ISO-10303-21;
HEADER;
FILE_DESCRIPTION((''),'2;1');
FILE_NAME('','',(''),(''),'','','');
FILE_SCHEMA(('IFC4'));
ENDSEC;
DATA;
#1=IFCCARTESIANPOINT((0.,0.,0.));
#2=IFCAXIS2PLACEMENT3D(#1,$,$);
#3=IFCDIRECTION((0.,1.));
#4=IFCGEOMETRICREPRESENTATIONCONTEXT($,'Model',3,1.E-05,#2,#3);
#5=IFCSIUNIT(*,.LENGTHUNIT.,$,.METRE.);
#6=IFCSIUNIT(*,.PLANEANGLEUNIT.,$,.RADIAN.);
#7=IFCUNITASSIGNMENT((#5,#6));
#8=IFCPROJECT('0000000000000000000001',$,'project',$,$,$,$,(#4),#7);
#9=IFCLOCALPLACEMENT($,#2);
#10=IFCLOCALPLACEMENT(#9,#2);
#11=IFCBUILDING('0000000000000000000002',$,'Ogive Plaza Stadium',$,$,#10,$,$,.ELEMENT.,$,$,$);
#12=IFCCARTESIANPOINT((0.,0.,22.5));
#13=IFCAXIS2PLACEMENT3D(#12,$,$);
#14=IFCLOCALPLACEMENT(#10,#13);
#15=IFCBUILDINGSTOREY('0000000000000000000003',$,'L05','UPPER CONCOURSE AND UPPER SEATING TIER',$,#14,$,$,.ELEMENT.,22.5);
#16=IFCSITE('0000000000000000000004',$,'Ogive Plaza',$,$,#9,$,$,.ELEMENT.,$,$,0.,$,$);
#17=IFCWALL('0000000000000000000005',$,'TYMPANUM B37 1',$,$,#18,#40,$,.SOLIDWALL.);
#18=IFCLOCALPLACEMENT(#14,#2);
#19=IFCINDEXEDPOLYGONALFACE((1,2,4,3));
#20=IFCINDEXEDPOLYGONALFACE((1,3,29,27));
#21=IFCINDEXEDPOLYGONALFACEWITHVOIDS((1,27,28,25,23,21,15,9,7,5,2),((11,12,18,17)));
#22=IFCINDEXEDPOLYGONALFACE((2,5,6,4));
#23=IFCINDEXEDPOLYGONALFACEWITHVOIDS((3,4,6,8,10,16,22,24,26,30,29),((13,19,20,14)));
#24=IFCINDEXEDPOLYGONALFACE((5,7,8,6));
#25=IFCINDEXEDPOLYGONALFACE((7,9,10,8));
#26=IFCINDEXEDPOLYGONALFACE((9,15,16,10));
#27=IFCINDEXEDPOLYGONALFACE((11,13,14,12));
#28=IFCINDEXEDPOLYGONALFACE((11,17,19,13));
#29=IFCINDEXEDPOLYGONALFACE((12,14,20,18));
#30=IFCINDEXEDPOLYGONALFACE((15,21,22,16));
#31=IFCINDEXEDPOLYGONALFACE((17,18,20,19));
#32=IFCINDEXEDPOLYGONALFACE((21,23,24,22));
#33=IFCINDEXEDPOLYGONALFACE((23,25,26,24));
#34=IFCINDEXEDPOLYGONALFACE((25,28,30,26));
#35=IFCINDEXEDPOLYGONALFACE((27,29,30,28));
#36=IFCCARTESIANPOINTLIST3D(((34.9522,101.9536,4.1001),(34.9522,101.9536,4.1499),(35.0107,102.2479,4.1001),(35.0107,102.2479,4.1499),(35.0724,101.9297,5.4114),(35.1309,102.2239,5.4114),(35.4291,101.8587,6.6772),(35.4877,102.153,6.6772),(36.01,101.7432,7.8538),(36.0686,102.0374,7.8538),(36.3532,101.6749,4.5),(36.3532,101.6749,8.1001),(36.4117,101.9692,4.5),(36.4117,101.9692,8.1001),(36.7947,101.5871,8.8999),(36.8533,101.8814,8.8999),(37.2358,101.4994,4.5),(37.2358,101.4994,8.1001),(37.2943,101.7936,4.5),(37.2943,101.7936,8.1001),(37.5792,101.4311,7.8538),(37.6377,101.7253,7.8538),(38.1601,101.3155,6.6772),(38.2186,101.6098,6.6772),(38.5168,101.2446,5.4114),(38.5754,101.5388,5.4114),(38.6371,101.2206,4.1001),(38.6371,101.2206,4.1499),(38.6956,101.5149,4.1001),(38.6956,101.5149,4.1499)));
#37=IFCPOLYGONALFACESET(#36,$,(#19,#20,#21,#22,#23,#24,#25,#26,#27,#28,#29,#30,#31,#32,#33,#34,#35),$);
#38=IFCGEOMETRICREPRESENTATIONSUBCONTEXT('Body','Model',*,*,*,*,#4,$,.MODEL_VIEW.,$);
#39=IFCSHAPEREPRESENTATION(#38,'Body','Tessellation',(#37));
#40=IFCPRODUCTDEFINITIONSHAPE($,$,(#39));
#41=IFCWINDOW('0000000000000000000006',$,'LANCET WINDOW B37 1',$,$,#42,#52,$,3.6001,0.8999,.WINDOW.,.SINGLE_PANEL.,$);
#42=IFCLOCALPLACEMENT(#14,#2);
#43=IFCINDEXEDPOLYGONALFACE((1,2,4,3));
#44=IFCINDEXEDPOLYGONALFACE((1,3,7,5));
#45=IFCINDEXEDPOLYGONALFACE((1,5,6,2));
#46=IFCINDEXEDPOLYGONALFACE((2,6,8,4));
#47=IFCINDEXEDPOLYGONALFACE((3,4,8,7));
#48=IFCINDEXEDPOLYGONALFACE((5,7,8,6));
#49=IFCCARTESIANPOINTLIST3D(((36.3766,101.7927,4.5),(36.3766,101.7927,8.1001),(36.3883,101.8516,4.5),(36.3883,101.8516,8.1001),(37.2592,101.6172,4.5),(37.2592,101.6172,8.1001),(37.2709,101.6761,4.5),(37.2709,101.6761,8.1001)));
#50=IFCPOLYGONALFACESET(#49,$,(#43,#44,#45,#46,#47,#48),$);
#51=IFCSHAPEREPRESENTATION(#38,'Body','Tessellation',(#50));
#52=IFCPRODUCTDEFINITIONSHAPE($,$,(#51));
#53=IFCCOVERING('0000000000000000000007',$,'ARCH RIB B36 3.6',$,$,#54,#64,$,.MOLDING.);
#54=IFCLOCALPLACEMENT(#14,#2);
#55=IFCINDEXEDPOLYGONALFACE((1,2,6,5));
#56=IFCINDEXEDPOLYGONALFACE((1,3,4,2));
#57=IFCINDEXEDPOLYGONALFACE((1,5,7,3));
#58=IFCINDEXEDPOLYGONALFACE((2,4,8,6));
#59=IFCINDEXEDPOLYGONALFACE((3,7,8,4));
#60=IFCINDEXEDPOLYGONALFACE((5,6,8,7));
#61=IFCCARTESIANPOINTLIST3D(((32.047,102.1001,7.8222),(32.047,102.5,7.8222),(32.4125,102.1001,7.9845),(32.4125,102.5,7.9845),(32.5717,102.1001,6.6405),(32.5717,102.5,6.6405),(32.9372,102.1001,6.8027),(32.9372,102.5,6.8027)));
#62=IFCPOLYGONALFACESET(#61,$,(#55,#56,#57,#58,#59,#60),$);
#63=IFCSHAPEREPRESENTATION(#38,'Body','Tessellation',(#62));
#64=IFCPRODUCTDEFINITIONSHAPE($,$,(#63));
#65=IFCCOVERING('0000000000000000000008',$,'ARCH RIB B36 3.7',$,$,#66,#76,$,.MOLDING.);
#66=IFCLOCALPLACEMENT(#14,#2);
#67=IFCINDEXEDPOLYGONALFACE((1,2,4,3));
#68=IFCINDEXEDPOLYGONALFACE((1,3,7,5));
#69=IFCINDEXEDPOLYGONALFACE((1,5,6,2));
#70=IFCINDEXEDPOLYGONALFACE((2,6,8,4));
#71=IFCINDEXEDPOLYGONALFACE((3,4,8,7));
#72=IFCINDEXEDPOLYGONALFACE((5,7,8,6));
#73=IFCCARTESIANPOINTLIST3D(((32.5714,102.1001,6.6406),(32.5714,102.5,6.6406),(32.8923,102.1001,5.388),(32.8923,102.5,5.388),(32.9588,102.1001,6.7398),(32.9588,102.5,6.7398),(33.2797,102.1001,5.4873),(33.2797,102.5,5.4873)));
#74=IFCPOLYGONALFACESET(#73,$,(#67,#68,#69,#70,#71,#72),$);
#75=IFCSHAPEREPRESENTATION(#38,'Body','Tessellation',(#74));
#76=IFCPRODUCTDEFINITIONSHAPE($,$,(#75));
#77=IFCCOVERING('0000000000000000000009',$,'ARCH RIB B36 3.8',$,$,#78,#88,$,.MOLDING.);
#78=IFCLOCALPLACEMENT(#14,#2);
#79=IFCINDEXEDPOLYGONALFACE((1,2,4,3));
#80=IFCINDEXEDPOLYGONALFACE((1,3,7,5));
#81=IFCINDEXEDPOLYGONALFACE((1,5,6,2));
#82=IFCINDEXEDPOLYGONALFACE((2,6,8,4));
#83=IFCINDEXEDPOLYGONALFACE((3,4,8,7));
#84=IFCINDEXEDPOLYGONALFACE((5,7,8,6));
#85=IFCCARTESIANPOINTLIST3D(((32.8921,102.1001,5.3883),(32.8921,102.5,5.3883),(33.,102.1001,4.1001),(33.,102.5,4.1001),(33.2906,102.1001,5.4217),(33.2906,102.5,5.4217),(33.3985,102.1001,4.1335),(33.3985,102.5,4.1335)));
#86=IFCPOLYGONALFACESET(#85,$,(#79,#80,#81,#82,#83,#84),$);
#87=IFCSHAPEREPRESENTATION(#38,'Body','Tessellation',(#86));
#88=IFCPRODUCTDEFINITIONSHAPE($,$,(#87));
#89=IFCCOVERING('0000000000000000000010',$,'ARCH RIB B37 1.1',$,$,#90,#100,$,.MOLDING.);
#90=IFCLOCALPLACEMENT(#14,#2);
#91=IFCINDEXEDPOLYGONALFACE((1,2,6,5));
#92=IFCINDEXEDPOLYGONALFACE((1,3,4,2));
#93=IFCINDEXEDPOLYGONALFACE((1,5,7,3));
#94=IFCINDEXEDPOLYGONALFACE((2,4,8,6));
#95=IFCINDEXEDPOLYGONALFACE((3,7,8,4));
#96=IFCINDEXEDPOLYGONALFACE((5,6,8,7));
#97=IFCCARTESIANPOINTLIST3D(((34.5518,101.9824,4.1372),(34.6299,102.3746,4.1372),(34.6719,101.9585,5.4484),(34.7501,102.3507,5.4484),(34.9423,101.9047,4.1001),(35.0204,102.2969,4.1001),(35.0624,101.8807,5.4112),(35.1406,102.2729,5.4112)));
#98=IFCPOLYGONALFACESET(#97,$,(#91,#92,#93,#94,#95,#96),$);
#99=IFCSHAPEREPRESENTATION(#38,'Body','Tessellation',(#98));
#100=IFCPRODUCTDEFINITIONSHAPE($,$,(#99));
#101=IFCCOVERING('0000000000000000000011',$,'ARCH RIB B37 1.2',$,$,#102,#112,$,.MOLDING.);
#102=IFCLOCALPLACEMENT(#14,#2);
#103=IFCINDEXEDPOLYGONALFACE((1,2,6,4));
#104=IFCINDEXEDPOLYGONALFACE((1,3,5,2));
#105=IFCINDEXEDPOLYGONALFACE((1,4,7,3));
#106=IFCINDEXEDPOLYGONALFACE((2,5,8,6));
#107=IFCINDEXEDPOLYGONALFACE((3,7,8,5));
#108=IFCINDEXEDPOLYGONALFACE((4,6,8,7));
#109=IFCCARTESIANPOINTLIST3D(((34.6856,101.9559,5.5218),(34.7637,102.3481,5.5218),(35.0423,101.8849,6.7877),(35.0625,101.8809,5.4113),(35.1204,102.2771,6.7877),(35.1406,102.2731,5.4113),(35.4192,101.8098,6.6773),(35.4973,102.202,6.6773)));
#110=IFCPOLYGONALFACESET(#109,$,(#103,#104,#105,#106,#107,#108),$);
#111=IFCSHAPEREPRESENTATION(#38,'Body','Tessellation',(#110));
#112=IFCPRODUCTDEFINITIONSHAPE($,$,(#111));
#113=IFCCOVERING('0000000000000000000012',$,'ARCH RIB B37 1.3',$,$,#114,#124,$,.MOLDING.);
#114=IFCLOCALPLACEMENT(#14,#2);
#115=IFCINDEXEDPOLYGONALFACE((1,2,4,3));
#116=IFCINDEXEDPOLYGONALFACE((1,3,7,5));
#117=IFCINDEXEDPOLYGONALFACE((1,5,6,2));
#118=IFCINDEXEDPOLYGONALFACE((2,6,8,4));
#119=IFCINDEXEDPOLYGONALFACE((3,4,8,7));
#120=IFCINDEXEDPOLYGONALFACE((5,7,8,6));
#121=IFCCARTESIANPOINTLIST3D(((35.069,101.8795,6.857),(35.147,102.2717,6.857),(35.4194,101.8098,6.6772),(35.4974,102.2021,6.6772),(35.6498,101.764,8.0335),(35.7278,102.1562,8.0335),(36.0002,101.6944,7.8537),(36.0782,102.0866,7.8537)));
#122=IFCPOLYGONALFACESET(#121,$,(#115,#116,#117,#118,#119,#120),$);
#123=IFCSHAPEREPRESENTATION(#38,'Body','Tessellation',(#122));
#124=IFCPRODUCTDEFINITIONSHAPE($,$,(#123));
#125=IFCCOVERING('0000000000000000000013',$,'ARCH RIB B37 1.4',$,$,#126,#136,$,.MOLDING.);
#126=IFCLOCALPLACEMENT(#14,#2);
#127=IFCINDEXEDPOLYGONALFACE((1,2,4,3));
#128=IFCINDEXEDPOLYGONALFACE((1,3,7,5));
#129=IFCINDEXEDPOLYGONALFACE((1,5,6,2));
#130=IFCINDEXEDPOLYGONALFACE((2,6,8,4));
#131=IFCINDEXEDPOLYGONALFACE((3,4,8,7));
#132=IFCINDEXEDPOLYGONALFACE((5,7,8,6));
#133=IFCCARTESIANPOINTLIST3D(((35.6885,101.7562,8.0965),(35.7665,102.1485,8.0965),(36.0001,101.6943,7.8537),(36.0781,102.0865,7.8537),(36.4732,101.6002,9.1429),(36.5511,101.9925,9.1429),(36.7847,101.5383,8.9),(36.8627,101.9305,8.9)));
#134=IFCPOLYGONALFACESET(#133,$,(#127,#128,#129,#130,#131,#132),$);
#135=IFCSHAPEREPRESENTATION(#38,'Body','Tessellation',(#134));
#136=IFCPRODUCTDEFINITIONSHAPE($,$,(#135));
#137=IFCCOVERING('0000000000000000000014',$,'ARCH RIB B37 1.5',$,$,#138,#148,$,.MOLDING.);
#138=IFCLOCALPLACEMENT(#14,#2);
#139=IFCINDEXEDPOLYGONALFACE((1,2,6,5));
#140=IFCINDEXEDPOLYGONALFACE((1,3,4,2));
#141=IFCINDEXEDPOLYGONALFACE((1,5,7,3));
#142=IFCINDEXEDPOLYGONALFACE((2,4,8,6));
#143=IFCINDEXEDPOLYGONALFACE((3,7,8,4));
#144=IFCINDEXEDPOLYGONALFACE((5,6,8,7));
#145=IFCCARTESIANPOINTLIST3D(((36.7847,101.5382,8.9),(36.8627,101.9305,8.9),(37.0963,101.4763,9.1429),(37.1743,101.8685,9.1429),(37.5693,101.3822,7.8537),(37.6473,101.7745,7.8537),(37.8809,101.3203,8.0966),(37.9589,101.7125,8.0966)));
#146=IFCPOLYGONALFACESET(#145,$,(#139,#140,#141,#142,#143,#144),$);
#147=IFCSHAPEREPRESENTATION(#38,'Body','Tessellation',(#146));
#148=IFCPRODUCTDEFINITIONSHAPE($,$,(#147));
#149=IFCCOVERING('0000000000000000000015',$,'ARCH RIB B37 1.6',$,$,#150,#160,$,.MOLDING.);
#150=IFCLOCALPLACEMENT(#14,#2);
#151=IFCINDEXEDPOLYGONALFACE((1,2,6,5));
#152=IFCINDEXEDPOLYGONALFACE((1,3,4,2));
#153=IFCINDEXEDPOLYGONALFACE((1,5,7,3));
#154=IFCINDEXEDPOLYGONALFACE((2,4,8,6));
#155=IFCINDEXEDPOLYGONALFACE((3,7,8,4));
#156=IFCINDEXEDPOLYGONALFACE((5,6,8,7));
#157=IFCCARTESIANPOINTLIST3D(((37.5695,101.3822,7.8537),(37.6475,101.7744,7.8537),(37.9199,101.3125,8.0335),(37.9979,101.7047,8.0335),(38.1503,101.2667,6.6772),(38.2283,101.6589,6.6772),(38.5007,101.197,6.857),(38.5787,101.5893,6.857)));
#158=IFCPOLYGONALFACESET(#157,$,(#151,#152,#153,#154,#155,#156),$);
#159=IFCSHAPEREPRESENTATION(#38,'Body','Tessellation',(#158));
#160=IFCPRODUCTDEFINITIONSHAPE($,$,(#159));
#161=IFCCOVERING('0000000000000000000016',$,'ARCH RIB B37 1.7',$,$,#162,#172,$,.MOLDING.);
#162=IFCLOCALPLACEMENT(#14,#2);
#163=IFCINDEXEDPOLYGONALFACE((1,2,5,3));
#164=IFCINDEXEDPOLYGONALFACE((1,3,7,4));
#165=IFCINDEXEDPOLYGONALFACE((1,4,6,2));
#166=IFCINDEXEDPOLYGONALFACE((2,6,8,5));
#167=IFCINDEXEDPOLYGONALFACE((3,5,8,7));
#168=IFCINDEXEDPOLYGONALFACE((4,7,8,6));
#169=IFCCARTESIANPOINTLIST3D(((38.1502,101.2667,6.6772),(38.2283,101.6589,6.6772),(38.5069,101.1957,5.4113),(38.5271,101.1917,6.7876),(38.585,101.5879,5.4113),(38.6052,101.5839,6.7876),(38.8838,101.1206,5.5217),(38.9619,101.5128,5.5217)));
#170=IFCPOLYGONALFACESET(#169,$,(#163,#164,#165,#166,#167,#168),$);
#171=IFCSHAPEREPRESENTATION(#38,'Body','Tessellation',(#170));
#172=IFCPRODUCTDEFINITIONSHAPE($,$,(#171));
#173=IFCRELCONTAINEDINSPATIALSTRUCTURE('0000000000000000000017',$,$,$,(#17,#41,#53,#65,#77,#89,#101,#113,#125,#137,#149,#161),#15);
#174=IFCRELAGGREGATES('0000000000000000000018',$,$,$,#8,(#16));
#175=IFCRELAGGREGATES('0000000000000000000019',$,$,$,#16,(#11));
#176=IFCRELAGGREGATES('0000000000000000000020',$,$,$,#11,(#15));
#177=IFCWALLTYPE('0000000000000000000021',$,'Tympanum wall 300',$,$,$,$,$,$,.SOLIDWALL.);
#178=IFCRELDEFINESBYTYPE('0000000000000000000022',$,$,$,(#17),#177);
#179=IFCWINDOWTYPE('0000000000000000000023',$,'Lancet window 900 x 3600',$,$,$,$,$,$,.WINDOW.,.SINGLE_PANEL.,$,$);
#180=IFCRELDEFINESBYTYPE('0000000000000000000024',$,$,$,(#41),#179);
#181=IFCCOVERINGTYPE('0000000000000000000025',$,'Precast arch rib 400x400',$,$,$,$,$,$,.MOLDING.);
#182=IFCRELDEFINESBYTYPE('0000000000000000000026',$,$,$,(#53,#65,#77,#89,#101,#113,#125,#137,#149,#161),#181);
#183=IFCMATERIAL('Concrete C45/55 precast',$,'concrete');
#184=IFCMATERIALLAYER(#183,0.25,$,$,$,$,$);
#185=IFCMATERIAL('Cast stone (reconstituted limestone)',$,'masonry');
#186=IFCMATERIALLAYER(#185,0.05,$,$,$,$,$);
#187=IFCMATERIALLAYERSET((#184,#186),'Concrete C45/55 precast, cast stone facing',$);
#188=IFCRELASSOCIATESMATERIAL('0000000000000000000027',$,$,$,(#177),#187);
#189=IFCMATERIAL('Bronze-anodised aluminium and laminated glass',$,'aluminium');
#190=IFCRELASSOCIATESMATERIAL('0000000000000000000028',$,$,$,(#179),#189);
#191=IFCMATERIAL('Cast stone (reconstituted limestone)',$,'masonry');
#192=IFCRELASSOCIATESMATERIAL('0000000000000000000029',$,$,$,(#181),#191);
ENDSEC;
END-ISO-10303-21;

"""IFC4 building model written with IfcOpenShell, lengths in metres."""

from ifc_helpers import new_model, si_unit, direction, frame, frame_2d, origin, origin_2d, place, context, subcontext, project, spatial, polyline, rectangle, outline, extrude, material, layer, layer_set, material_profile, profile_set, type_object, element, fill, save


model = new_model("IFC4")

# Units and contexts
model_context = context("Model", 3, precision=1e-05, world=origin(), true_north=direction((0.0, 1.0)))
body_context = subcontext(model_context, "Body", "Model", "MODEL_VIEW")
ifc_project = project(units=[si_unit("LENGTHUNIT", "METRE"), si_unit("PLANEANGLEUNIT", "RADIAN")], contexts=[model_context])

# Site, building, storey
site_placement = place(None, origin())
site = spatial("IfcSite", under=ifc_project, at=site_placement, Name="Ogive Plaza", CompositionType="ELEMENT", RefElevation=0.0)
building_placement = place(site_placement, origin())
building = spatial("IfcBuilding", under=site, at=building_placement, Name="Ogive Plaza Stadium", CompositionType="ELEMENT")
storey_placement = place(building_placement, frame((0.0, 0.0, 22.5)))
storey = spatial("IfcBuildingStorey", under=building, at=storey_placement, Name="L05", Description="UPPER CONCOURSE AND UPPER SEATING TIER", CompositionType="ELEMENT", Elevation=22.5)

# Wall, opening, window
ifc_material_1 = material(Name="Concrete C45/55 precast", Category="concrete")
ifc_layer_1 = layer(ifc_material_1, 0.25)
ifc_material_2 = material(Name="Cast stone (reconstituted limestone)", Category="masonry")
ifc_layer_2 = layer(ifc_material_2, 0.05)
ifc_layer_set_1 = layer_set([ifc_layer_1, ifc_layer_2], Name="Concrete C45/55 precast, cast stone facing")
wall_type = type_object("IfcWallType", Name="Tympanum wall 300", PredefinedType="SOLIDWALL", material=ifc_layer_set_1)
wall_placement = place(storey_placement, frame((34.9814, 102.1008, 4.1001), z_axis=(0.0, 0.0, 1.0), x_axis=(0.980788, -0.195079, 0.0)))
wall = element("IfcWall", 1, at=wall_placement, inside=storey, type_object=wall_type, Name="TYMPANUM B37 1", PredefinedType="SOLIDWALL", context=body_context, shape_type="SweptSolid", body=[
    extrude(outline(polyline([(0.0, 0.0), (3.7571, 0.0), (3.7571, 0.0498), (3.6345, 1.3113), (3.2708, 2.5771), (2.6785, 3.7537), (1.8787, 4.7998), (1.0786, 3.7537), (0.4863, 2.5771), (0.1226, 1.3113), (0.0, 0.0498), (0.0, 0.0)])), frame((0.0, 0.1499, 0.0), z_axis=(0.0, -1.0, 0.0), x_axis=(1.0, 0.0, 0.0)), (0.0, 0.0, 1.0), 0.3),
])
opening_placement = place(wall_placement, frame((1.4285, 0.0, 0.3999)))
opening = element("IfcOpeningElement", 2, at=opening_placement, cuts=wall, PredefinedType="OPENING", context=body_context, shape_type="SweptSolid", body=[
    extrude(rectangle(XDim=0.8999, YDim=3.6001, at=frame_2d((0.45, 1.8))), frame((0.0, 0.1602, 0.0), z_axis=(0.0, -1.0, 0.0), x_axis=(1.0, 0.0, 0.0)), (0.0, 0.0, 1.0), 0.3201),
])
ifc_material_3 = material(Name="Bronze-anodised aluminium and laminated glass", Category="aluminium")
window_type = type_object("IfcWindowType", Name="Lancet window 900 x 3600", PartitioningType="SINGLE_PANEL", PredefinedType="WINDOW", material=ifc_material_3)
window_placement = place(opening_placement, origin())
window = element("IfcWindow", 3, at=window_placement, inside=storey, type_object=window_type, Name="LANCET WINDOW B37 1", OverallHeight=3.6001, OverallWidth=0.8999, PartitioningType="SINGLE_PANEL", PredefinedType="WINDOW", context=body_context, shape_type="SweptSolid", body=[
    extrude(rectangle(XDim=0.8999, YDim=3.6001, at=frame_2d((0.45, 1.8))), frame((0.0, 0.03, 0.0), z_axis=(0.0, -1.0, 0.0), x_axis=(1.0, 0.0, 0.0)), (0.0, 0.0, 1.0), 0.0601),
])
fill(opening, window)

# Coverings
ifc_material_4 = material(Name="Cast stone (reconstituted limestone)", Category="masonry")
ifc_material_profile_1 = material_profile(ifc_material_4, rectangle(XDim=0.3999, YDim=0.3999, at=origin_2d()), Name="Cast stone 400x400")
ifc_profile_set_1 = profile_set([ifc_material_profile_1], Name="Cast stone (reconstituted limestone)")
covering_type = type_object("IfcCoveringType", Name="Precast arch rib 400x400", PredefinedType="MOLDING", material=ifc_profile_set_1)
for number, where, z_axis, x_axis, name in (
    (4, (32.2297, 102.3, 7.9033), (0.405806, 0.0, -0.913959), (0.0, 1.0, 0.0), "ARCH RIB B36 3.6"),
    (5, (32.7651, 102.3, 6.6902), (0.24813, 0.0, -0.968727), (0.0, 1.0, 0.0), "ARCH RIB B36 3.7"),
):
    element("IfcCovering", number, at=place(storey_placement, frame(where, z_axis=z_axis, x_axis=x_axis)), inside=storey, type_object=covering_type, Name=name, PredefinedType="MOLDING", context=body_context, shape_type="SweptSolid", body=[
        extrude(rectangle(XDim=0.3999, YDim=0.3999, at=origin_2d()), origin(), (0.0, 0.0, 1.0), 1.293),
    ])
covering_1_placement = place(storey_placement, frame((33.0913, 102.3, 5.405), z_axis=(0.083467, 0.0, -0.996511), x_axis=(0.0, 1.0, 0.0)))
element("IfcCovering", 6, at=covering_1_placement, inside=storey, type_object=covering_type, Name="ARCH RIB B36 3.8", PredefinedType="MOLDING", context=body_context, shape_type="SweptSolid", body=[
    extrude(rectangle(XDim=0.3999, YDim=0.3999, at=origin_2d()), origin(), (0.0, 0.0, 1.0), 1.2927),
])
covering_2_placement = place(storey_placement, frame((34.7861, 102.1396, 4.1187), z_axis=(0.091206, -0.018167, 0.995666), x_axis=(0.195349, 0.980734, 0.0)))
element("IfcCovering", 7, at=covering_2_placement, inside=storey, type_object=covering_type, Name="ARCH RIB B37 1.1", PredefinedType="MOLDING", context=body_context, shape_type="SweptSolid", body=[
    extrude(rectangle(XDim=0.3999, YDim=0.3999, at=origin_2d()), origin(), (0.0, 0.0, 1.0), 1.3169),
])
for number, where, z_axis, x_axis, name in (
    (8, (34.9131, 102.1145, 5.4666), (0.270818, -0.053941, 0.961118), (0.195342, 0.980735, 0.0), "ARCH RIB B37 1.2"),
    (9, (35.2832, 102.0408, 6.7671), (0.440963, -0.087674, 0.893233), (0.195006, 0.980802, 0.0), "ARCH RIB B37 1.3"),
    (10, (35.8833, 101.9214, 7.9751), (0.595717, -0.118439, 0.794414), (0.195001, 0.980803, 0.0), "ARCH RIB B37 1.4"),
    (11, (36.9795, 101.7034, 9.0215), (0.595717, -0.118439, -0.794414), (0.195001, 0.980803, 0.0), "ARCH RIB B37 1.5"),
    (12, (37.7837, 101.5435, 7.9436), (0.440963, -0.087674, -0.893233), (0.195006, 0.980802, 0.0), "ARCH RIB B37 1.6"),
    (13, (38.3777, 101.4253, 6.7324), (0.270818, -0.053941, -0.961118), (0.195342, 0.980735, 0.0), "ARCH RIB B37 1.7"),
):
    element("IfcCovering", number, at=place(storey_placement, frame(where, z_axis=z_axis, x_axis=x_axis)), inside=storey, type_object=covering_type, Name=name, PredefinedType="MOLDING", context=body_context, shape_type="SweptSolid", body=[
        extrude(rectangle(XDim=0.3999, YDim=0.3999, at=origin_2d()), origin(), (0.0, 0.0, 1.0), 1.3171),
    ])

save(model, "model.ifc")
